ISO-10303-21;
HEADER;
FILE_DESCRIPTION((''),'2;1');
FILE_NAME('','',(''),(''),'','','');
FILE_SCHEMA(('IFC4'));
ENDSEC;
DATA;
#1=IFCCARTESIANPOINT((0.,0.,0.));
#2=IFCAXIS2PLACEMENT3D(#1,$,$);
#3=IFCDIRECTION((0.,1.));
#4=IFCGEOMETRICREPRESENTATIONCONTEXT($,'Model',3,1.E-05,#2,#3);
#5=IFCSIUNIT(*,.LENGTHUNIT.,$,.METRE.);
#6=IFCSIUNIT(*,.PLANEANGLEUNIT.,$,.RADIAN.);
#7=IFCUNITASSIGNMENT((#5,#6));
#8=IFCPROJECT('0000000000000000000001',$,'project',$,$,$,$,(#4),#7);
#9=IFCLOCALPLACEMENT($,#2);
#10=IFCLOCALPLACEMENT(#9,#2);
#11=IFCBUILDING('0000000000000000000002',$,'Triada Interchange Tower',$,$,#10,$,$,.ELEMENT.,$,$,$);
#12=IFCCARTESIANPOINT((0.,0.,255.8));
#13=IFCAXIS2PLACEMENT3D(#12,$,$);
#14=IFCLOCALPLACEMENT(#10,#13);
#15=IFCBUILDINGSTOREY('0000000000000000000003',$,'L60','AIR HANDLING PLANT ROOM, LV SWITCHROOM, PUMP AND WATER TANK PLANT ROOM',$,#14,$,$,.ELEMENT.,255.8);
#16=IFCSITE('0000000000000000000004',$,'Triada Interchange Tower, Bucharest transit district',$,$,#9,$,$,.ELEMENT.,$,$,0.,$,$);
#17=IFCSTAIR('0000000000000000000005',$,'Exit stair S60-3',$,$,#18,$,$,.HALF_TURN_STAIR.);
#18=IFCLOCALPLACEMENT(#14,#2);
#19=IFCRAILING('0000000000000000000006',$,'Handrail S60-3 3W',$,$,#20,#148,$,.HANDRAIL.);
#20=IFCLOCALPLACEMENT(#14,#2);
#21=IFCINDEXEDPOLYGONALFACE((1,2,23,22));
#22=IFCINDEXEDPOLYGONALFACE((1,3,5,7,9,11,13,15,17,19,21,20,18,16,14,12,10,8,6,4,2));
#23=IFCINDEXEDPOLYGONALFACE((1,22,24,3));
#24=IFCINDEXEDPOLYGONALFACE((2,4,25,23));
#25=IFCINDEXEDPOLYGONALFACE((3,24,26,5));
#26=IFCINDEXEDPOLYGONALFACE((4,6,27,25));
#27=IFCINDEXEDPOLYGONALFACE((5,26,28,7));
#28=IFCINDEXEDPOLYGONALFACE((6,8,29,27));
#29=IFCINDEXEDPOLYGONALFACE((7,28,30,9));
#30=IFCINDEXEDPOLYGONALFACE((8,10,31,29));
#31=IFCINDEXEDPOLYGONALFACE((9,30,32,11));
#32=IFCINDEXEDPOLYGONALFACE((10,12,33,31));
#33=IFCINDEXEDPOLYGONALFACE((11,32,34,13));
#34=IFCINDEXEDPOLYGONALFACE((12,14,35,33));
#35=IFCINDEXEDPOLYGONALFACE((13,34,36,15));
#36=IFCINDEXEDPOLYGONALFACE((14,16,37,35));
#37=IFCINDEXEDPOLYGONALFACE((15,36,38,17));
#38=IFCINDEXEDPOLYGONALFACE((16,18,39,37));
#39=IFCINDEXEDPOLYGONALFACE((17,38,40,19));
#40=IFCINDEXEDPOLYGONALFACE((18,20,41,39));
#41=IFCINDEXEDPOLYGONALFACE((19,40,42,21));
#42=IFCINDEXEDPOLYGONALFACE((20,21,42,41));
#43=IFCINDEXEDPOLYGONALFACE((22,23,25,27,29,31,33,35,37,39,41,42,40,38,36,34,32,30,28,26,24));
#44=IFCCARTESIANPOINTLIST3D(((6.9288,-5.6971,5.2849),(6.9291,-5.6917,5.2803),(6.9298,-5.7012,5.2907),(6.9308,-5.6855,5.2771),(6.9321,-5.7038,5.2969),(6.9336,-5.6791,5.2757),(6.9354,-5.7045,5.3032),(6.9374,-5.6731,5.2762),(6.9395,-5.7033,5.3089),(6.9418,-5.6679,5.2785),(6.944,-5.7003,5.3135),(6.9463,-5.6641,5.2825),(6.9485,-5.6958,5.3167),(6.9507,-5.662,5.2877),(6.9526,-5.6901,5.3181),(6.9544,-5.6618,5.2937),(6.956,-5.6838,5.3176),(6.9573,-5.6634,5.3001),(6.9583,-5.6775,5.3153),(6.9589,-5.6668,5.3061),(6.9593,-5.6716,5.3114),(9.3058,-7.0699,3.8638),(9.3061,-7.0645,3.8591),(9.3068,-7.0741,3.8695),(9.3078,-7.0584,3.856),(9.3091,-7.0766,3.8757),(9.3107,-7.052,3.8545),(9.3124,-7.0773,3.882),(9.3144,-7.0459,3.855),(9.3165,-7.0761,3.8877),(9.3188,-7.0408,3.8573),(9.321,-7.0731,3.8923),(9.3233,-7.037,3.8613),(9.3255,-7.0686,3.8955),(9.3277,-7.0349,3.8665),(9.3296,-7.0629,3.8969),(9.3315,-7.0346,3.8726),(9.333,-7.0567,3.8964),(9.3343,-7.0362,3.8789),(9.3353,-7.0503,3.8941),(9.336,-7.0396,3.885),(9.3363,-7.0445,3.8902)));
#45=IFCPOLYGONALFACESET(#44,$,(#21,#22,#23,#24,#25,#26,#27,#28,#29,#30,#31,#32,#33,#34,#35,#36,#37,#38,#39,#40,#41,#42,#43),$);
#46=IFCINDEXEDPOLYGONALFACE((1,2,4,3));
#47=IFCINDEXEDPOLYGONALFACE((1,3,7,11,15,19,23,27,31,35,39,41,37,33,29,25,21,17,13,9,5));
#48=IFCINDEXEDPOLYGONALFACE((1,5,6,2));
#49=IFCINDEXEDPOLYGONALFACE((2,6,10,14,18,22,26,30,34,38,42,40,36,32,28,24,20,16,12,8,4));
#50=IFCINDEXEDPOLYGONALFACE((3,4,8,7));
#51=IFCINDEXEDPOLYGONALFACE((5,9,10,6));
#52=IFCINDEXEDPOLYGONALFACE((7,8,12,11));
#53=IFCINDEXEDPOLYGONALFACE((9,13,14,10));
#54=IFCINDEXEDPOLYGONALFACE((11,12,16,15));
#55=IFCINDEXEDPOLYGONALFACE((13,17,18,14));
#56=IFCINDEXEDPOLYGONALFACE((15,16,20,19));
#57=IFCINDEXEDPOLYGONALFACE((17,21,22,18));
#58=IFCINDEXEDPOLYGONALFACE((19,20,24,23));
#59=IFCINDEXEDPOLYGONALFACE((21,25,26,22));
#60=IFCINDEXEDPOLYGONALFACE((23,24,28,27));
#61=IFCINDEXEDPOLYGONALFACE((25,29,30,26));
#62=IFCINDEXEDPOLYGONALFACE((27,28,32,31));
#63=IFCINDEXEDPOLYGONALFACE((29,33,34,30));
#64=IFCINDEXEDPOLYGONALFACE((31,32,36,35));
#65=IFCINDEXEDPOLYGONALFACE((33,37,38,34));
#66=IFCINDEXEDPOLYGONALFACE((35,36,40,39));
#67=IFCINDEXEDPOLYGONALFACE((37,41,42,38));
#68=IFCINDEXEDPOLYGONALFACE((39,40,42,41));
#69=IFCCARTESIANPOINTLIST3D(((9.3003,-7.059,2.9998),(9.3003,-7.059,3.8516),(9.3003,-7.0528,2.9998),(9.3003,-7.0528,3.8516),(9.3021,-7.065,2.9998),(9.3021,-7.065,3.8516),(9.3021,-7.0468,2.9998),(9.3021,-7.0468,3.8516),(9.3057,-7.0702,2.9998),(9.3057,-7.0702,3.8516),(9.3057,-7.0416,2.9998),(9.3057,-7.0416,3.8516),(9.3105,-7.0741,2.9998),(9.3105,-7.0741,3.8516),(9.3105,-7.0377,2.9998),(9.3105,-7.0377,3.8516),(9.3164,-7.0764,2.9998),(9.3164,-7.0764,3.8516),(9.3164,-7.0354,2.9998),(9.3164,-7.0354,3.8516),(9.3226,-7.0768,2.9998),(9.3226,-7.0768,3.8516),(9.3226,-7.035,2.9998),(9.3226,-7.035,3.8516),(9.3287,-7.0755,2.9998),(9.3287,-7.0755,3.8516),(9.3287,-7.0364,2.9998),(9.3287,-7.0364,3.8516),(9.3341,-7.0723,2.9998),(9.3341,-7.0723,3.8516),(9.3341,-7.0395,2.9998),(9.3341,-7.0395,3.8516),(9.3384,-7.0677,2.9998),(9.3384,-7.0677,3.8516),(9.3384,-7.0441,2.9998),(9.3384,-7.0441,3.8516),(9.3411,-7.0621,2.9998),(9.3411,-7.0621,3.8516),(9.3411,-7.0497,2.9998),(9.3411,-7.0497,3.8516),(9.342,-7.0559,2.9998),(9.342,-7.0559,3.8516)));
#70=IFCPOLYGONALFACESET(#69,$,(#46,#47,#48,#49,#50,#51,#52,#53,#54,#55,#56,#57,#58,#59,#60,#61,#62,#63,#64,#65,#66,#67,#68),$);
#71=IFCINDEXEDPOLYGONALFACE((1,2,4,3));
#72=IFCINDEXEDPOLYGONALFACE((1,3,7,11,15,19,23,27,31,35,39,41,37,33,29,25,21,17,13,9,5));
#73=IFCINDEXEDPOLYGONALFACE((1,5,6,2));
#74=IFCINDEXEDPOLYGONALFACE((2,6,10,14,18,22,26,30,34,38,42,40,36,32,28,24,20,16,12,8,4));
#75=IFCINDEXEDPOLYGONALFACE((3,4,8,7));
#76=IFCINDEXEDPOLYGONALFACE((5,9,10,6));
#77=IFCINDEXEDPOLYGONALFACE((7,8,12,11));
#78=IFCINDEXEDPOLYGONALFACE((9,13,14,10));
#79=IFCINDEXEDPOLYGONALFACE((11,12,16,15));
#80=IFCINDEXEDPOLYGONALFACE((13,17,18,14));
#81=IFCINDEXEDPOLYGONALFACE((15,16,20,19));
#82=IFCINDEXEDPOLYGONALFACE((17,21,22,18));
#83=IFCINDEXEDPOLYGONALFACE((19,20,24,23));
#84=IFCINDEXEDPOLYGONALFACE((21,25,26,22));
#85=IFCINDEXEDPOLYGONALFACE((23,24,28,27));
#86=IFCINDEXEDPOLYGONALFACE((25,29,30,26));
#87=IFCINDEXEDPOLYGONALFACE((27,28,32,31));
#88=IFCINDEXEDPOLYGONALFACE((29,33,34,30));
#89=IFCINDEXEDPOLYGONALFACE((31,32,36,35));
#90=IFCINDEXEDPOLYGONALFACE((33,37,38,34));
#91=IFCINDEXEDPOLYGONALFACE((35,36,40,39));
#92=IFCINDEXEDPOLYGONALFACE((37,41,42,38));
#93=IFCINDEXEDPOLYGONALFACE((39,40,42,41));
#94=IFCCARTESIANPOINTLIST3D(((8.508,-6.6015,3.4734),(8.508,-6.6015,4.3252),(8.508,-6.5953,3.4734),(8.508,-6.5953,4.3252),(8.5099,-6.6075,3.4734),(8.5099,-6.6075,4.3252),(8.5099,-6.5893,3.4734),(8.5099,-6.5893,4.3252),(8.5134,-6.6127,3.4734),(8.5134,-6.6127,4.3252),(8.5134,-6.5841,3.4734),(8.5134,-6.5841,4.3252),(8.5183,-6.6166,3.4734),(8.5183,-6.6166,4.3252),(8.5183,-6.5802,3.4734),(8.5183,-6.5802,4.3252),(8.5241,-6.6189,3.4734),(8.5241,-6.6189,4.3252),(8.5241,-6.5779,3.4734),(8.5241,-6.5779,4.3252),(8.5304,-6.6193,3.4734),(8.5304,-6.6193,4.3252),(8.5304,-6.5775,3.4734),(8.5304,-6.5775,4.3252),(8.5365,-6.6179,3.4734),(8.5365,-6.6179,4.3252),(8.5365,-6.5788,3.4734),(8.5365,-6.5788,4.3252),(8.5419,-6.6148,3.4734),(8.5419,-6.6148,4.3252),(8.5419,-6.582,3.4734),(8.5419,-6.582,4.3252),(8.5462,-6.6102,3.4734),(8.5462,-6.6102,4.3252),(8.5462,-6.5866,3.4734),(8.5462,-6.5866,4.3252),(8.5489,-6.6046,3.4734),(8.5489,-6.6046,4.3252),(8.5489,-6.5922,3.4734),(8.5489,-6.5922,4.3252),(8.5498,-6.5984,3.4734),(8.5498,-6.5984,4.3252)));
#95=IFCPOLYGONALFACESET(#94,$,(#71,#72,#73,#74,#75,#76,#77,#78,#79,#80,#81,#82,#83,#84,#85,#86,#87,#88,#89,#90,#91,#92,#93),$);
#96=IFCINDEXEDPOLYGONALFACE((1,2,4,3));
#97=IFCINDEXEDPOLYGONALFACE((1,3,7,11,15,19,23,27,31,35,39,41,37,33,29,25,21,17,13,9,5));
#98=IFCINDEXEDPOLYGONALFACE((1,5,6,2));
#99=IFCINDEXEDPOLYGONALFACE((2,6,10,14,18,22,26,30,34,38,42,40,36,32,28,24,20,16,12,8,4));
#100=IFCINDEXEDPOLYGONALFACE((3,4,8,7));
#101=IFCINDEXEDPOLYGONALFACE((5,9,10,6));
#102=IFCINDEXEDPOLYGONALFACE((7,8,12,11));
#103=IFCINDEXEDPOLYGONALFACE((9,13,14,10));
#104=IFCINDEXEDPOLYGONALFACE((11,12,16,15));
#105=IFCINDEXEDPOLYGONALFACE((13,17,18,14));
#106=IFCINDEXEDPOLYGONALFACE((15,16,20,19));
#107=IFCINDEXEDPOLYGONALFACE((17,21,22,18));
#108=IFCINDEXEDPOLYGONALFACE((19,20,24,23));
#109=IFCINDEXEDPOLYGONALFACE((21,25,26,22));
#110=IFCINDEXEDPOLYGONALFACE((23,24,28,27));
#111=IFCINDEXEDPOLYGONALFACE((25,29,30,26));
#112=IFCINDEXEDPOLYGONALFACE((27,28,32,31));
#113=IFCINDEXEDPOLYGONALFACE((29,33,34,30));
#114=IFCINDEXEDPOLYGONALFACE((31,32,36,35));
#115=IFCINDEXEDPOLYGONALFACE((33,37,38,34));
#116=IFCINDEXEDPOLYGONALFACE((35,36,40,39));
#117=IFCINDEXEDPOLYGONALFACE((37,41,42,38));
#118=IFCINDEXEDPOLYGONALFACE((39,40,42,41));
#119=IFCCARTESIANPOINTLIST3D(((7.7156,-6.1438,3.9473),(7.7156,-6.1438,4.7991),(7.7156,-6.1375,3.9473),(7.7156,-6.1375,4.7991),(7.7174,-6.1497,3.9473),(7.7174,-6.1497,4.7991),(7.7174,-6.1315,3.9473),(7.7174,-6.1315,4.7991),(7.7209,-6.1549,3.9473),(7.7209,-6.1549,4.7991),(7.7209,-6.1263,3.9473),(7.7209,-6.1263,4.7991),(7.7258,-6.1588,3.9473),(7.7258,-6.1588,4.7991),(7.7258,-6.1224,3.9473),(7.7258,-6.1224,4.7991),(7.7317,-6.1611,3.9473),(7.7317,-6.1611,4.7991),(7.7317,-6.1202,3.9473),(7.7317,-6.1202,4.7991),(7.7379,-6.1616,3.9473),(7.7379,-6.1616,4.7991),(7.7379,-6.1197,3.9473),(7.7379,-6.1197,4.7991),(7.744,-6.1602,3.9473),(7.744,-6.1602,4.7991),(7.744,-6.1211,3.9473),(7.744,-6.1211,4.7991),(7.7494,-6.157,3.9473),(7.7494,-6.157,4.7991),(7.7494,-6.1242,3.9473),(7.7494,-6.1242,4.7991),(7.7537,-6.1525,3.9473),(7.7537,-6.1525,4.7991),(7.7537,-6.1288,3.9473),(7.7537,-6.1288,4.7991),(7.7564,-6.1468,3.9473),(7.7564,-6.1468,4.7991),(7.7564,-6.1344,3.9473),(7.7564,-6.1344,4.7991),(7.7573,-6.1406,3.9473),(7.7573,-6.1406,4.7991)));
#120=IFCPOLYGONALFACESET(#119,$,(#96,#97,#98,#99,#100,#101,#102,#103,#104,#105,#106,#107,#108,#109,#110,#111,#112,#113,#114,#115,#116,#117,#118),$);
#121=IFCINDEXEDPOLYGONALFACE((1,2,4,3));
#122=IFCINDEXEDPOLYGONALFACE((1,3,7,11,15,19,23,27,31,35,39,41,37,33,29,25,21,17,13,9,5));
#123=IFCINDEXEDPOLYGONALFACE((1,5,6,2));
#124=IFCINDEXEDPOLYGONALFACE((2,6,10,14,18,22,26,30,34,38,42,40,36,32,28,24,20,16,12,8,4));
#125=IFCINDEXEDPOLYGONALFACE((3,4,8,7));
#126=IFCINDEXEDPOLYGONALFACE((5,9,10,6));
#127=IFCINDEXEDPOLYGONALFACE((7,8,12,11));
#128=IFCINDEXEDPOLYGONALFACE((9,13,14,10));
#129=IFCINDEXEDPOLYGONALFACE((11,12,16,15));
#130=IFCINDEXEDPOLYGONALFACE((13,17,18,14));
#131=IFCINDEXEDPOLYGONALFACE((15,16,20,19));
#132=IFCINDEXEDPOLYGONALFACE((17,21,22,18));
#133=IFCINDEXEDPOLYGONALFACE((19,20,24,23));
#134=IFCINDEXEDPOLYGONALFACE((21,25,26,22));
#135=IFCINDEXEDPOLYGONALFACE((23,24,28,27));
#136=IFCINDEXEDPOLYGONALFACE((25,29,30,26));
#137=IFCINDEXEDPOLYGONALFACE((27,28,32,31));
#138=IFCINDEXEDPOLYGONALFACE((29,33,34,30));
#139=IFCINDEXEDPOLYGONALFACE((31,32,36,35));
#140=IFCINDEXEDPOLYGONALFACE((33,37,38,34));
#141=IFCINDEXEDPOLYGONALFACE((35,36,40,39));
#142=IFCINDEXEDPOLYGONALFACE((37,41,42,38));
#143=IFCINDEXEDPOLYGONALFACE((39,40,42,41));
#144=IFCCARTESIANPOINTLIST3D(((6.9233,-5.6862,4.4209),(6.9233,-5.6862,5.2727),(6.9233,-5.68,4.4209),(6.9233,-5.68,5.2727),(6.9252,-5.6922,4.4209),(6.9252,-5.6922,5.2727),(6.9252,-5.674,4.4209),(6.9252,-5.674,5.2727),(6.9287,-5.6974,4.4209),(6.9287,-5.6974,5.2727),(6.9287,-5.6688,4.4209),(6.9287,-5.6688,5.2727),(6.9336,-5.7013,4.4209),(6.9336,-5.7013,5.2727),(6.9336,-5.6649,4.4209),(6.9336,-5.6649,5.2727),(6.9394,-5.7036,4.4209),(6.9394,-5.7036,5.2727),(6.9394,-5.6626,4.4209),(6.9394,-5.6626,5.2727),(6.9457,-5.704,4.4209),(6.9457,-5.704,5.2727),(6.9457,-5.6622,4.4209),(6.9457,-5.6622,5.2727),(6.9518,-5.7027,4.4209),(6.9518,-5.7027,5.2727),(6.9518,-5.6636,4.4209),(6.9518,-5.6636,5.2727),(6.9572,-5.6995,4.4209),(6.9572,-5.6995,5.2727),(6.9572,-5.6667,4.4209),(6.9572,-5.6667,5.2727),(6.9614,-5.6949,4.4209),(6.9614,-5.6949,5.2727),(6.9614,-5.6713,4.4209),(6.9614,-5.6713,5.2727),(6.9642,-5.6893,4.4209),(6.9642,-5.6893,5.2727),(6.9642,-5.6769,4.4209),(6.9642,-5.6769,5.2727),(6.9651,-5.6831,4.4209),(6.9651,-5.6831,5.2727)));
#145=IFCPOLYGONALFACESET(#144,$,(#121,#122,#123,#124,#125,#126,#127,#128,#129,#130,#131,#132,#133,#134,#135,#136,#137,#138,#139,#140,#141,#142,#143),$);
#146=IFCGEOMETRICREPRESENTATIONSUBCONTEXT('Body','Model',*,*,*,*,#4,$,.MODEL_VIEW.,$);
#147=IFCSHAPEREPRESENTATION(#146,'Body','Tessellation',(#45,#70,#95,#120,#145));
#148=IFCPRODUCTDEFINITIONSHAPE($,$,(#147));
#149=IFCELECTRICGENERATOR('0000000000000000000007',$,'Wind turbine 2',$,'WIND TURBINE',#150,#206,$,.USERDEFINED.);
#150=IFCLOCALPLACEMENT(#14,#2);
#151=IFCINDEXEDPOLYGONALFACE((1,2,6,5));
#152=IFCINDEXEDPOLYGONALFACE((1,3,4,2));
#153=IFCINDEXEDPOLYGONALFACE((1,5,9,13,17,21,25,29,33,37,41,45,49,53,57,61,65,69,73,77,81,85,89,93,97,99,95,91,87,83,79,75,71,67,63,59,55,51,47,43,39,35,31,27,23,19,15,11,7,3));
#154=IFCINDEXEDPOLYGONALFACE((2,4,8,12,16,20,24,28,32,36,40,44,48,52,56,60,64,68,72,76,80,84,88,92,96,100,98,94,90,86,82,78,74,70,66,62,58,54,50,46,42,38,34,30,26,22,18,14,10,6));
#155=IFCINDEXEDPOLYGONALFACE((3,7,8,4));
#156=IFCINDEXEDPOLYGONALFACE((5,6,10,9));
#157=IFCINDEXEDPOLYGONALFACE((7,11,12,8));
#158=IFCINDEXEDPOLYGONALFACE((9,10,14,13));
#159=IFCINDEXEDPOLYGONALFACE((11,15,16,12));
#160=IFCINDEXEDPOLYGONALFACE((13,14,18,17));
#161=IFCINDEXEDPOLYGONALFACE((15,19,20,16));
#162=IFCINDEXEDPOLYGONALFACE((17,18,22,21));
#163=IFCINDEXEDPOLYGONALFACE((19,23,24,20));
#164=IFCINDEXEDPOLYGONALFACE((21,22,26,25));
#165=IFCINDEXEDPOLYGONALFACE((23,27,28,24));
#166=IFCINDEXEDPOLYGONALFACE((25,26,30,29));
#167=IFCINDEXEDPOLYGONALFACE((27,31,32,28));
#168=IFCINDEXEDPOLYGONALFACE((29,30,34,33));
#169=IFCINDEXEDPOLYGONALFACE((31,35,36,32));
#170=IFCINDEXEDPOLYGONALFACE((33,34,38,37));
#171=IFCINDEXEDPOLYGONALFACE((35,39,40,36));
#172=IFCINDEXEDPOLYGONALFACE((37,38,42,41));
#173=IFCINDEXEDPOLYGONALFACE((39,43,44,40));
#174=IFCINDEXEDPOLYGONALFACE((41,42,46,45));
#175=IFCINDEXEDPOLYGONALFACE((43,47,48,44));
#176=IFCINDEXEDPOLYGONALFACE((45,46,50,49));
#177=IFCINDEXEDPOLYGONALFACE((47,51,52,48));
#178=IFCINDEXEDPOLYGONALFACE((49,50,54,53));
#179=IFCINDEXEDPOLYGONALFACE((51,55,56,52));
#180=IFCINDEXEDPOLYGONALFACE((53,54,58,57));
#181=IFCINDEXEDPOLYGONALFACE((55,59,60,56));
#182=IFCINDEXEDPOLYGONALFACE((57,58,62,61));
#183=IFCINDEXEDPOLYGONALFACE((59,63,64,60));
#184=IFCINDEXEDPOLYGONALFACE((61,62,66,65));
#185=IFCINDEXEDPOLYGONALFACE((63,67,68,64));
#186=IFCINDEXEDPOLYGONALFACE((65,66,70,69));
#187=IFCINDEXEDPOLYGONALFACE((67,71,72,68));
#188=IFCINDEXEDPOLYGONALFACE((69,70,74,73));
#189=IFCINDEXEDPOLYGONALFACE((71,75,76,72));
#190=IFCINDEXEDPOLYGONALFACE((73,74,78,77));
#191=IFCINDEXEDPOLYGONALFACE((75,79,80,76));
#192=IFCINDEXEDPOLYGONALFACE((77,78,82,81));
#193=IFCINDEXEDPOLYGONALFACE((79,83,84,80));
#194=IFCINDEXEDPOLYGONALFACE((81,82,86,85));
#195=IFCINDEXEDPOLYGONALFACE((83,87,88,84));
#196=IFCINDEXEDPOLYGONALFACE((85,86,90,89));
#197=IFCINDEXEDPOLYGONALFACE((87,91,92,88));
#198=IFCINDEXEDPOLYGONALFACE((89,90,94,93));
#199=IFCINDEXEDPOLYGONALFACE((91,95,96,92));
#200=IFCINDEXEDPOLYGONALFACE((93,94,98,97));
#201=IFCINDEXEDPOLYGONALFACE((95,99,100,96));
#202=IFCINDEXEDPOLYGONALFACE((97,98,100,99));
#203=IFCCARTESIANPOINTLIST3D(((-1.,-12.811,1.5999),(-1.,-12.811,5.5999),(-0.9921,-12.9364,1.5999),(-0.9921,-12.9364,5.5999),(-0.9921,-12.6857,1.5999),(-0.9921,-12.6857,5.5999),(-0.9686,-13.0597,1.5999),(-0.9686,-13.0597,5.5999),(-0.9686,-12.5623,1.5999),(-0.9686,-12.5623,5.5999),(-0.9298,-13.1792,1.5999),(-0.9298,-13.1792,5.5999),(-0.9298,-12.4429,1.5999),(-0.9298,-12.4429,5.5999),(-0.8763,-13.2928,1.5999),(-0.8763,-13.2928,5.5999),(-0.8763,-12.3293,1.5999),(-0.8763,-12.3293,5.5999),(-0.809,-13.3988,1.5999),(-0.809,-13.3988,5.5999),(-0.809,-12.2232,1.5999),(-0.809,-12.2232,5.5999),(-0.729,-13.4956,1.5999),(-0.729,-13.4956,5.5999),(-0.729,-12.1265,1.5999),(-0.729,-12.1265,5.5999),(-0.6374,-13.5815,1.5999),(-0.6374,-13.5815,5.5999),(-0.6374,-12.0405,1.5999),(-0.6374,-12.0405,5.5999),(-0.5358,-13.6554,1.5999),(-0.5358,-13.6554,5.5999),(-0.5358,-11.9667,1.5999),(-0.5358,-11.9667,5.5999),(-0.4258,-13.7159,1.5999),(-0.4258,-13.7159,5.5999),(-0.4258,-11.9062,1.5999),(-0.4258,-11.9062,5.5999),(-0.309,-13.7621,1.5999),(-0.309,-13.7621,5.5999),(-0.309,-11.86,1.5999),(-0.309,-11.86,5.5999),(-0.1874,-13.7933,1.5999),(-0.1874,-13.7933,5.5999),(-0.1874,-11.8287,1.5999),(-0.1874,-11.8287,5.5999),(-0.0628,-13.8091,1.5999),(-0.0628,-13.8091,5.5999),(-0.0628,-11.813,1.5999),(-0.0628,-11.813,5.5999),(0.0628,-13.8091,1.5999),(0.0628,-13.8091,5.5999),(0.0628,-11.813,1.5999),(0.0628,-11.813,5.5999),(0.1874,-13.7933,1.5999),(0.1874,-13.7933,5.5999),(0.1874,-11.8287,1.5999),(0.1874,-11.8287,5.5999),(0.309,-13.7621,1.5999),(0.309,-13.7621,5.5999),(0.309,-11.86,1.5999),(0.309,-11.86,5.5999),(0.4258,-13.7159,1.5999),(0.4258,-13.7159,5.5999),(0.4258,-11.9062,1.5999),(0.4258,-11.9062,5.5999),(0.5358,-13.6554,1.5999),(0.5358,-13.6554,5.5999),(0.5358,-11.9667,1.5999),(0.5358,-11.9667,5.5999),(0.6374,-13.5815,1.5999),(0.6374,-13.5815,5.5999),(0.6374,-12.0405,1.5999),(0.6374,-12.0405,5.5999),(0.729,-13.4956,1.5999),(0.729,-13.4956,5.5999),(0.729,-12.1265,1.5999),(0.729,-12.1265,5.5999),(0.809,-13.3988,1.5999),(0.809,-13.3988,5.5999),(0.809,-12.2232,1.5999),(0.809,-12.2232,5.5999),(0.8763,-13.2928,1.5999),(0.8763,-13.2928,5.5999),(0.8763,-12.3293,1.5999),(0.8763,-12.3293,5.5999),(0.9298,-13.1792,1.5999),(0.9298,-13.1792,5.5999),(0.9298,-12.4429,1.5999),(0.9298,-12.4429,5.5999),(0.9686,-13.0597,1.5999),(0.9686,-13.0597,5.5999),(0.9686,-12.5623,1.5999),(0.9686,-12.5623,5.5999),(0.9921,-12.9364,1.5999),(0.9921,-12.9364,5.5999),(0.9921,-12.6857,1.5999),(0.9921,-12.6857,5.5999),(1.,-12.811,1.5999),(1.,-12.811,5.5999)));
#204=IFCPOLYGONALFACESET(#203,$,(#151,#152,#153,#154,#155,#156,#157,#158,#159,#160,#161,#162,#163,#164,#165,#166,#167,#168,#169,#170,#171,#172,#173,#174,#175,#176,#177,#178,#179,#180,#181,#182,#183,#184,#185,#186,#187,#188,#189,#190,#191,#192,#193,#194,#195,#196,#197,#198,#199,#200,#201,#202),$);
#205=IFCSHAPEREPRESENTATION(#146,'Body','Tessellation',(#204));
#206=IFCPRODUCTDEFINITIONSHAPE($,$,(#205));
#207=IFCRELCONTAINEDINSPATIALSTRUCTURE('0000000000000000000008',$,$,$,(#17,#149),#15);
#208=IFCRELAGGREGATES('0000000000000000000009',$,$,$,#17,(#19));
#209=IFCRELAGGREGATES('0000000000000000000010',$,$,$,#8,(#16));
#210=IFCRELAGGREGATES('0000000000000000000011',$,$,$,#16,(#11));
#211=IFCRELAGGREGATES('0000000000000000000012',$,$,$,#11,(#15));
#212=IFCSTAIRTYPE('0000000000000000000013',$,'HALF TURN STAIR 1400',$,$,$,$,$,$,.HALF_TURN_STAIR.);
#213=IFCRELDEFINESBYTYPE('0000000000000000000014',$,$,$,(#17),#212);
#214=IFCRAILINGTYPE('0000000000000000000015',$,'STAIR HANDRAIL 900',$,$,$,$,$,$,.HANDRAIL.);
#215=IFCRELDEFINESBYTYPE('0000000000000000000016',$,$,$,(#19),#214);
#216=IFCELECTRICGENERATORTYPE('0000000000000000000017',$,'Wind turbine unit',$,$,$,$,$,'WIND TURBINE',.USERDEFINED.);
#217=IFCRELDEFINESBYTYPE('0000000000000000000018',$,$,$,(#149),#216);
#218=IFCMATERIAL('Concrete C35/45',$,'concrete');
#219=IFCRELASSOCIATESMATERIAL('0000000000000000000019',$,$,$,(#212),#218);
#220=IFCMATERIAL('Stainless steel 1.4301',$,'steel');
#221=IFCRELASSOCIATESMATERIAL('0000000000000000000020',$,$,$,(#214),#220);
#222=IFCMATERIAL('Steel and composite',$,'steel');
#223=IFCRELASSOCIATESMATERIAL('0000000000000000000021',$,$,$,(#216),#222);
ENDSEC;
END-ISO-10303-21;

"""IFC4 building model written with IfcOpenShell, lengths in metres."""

from ifc_helpers import new_model, si_unit, direction, frame, origin, origin_2d, place, context, subcontext, project, spatial, circle, extrude, material, type_object, element, aggregate, save


model = new_model("IFC4")

# Units and contexts
model_context = context("Model", 3, precision=1e-05, world=origin(), true_north=direction((0.0, 1.0)))
body_context = subcontext(model_context, "Body", "Model", "MODEL_VIEW")
ifc_project = project(units=[si_unit("LENGTHUNIT", "METRE"), si_unit("PLANEANGLEUNIT", "RADIAN")], contexts=[model_context])

# Site, building, storey
site_placement = place(None, origin())
site = spatial("IfcSite", under=ifc_project, at=site_placement, Name="Triada Interchange Tower, Bucharest transit district", CompositionType="ELEMENT", RefElevation=0.0)
building_placement = place(site_placement, origin())
building = spatial("IfcBuilding", under=site, at=building_placement, Name="Triada Interchange Tower", CompositionType="ELEMENT")
storey_placement = place(building_placement, frame((0.0, 0.0, 255.8)))
storey = spatial("IfcBuildingStorey", under=building, at=storey_placement, Name="L60", Description="AIR HANDLING PLANT ROOM, LV SWITCHROOM, PUMP AND WATER TANK PLANT ROOM", CompositionType="ELEMENT", Elevation=255.8)

# Stair, railing
ifc_material_1 = material(Name="Concrete C35/45", Category="concrete")
stair_type = type_object("IfcStairType", Name="HALF TURN STAIR 1400", PredefinedType="HALF_TURN_STAIR", material=ifc_material_1)
stair_placement = place(storey_placement, origin())
stair = element("IfcStair", 1, at=stair_placement, inside=storey, type_object=stair_type, Name="Exit stair S60-3", PredefinedType="HALF_TURN_STAIR")
ifc_material_2 = material(Name="Stainless steel 1.4301", Category="steel")
railing_type = type_object("IfcRailingType", Name="STAIR HANDRAIL 900", PredefinedType="HANDRAIL", material=ifc_material_2)
railing_1_placement = place(storey_placement, frame((9.321, -7.0559, 2.9998)))
railing_1 = element("IfcRailing", 2, at=railing_1_placement, type_object=railing_type, Name="Handrail S60-3 3W", PredefinedType="HANDRAIL", context=body_context, shape_type="SweptSolid", body=[
    extrude(circle(Radius=0.0239, at=origin_2d()), frame((0.0, 0.0, 0.876), z_axis=(-0.768997, 0.444132, 0.459771), x_axis=(-0.500128, -0.865952, 0.0)), (0.0, 0.0, 1.0), 3.0911),
    extrude(circle(Radius=0.021, at=origin_2d()), origin(), (0.0, 0.0, 1.0), 0.8518),
    extrude(circle(Radius=0.021, at=origin_2d()), frame((-0.7922, 0.4575, 0.4736)), (0.0, 0.0, 1.0), 0.8518),
    extrude(circle(Radius=0.021, at=origin_2d()), frame((-1.5847, 0.9153, 0.9475)), (0.0, 0.0, 1.0), 0.8518),
    extrude(circle(Radius=0.021, at=origin_2d()), frame((-2.377, 1.3728, 1.4211)), (0.0, 0.0, 1.0), 0.8518),
])
aggregate(stair, [railing_1])

# Electric generator
ifc_material_3 = material(Name="Steel and composite", Category="steel")
electric_generator_type = type_object("IfcElectricGeneratorType", Name="Wind turbine unit", ElementType="WIND TURBINE", PredefinedType="USERDEFINED", material=ifc_material_3)
electric_generator_placement = place(storey_placement, frame((0.0, -12.811, 5.5999), z_axis=(0.0, 0.0, -1.0), x_axis=(1.0, 0.0, 0.0)))
element("IfcElectricGenerator", 3, at=electric_generator_placement, inside=storey, type_object=electric_generator_type, Name="Wind turbine 2", ObjectType="WIND TURBINE", PredefinedType="USERDEFINED", context=body_context, shape_type="SweptSolid", body=[
    extrude(circle(Radius=1.0, at=origin_2d()), origin(), (0.0, 0.0, 1.0), 4.0),
])

save(model, "model.ifc")
